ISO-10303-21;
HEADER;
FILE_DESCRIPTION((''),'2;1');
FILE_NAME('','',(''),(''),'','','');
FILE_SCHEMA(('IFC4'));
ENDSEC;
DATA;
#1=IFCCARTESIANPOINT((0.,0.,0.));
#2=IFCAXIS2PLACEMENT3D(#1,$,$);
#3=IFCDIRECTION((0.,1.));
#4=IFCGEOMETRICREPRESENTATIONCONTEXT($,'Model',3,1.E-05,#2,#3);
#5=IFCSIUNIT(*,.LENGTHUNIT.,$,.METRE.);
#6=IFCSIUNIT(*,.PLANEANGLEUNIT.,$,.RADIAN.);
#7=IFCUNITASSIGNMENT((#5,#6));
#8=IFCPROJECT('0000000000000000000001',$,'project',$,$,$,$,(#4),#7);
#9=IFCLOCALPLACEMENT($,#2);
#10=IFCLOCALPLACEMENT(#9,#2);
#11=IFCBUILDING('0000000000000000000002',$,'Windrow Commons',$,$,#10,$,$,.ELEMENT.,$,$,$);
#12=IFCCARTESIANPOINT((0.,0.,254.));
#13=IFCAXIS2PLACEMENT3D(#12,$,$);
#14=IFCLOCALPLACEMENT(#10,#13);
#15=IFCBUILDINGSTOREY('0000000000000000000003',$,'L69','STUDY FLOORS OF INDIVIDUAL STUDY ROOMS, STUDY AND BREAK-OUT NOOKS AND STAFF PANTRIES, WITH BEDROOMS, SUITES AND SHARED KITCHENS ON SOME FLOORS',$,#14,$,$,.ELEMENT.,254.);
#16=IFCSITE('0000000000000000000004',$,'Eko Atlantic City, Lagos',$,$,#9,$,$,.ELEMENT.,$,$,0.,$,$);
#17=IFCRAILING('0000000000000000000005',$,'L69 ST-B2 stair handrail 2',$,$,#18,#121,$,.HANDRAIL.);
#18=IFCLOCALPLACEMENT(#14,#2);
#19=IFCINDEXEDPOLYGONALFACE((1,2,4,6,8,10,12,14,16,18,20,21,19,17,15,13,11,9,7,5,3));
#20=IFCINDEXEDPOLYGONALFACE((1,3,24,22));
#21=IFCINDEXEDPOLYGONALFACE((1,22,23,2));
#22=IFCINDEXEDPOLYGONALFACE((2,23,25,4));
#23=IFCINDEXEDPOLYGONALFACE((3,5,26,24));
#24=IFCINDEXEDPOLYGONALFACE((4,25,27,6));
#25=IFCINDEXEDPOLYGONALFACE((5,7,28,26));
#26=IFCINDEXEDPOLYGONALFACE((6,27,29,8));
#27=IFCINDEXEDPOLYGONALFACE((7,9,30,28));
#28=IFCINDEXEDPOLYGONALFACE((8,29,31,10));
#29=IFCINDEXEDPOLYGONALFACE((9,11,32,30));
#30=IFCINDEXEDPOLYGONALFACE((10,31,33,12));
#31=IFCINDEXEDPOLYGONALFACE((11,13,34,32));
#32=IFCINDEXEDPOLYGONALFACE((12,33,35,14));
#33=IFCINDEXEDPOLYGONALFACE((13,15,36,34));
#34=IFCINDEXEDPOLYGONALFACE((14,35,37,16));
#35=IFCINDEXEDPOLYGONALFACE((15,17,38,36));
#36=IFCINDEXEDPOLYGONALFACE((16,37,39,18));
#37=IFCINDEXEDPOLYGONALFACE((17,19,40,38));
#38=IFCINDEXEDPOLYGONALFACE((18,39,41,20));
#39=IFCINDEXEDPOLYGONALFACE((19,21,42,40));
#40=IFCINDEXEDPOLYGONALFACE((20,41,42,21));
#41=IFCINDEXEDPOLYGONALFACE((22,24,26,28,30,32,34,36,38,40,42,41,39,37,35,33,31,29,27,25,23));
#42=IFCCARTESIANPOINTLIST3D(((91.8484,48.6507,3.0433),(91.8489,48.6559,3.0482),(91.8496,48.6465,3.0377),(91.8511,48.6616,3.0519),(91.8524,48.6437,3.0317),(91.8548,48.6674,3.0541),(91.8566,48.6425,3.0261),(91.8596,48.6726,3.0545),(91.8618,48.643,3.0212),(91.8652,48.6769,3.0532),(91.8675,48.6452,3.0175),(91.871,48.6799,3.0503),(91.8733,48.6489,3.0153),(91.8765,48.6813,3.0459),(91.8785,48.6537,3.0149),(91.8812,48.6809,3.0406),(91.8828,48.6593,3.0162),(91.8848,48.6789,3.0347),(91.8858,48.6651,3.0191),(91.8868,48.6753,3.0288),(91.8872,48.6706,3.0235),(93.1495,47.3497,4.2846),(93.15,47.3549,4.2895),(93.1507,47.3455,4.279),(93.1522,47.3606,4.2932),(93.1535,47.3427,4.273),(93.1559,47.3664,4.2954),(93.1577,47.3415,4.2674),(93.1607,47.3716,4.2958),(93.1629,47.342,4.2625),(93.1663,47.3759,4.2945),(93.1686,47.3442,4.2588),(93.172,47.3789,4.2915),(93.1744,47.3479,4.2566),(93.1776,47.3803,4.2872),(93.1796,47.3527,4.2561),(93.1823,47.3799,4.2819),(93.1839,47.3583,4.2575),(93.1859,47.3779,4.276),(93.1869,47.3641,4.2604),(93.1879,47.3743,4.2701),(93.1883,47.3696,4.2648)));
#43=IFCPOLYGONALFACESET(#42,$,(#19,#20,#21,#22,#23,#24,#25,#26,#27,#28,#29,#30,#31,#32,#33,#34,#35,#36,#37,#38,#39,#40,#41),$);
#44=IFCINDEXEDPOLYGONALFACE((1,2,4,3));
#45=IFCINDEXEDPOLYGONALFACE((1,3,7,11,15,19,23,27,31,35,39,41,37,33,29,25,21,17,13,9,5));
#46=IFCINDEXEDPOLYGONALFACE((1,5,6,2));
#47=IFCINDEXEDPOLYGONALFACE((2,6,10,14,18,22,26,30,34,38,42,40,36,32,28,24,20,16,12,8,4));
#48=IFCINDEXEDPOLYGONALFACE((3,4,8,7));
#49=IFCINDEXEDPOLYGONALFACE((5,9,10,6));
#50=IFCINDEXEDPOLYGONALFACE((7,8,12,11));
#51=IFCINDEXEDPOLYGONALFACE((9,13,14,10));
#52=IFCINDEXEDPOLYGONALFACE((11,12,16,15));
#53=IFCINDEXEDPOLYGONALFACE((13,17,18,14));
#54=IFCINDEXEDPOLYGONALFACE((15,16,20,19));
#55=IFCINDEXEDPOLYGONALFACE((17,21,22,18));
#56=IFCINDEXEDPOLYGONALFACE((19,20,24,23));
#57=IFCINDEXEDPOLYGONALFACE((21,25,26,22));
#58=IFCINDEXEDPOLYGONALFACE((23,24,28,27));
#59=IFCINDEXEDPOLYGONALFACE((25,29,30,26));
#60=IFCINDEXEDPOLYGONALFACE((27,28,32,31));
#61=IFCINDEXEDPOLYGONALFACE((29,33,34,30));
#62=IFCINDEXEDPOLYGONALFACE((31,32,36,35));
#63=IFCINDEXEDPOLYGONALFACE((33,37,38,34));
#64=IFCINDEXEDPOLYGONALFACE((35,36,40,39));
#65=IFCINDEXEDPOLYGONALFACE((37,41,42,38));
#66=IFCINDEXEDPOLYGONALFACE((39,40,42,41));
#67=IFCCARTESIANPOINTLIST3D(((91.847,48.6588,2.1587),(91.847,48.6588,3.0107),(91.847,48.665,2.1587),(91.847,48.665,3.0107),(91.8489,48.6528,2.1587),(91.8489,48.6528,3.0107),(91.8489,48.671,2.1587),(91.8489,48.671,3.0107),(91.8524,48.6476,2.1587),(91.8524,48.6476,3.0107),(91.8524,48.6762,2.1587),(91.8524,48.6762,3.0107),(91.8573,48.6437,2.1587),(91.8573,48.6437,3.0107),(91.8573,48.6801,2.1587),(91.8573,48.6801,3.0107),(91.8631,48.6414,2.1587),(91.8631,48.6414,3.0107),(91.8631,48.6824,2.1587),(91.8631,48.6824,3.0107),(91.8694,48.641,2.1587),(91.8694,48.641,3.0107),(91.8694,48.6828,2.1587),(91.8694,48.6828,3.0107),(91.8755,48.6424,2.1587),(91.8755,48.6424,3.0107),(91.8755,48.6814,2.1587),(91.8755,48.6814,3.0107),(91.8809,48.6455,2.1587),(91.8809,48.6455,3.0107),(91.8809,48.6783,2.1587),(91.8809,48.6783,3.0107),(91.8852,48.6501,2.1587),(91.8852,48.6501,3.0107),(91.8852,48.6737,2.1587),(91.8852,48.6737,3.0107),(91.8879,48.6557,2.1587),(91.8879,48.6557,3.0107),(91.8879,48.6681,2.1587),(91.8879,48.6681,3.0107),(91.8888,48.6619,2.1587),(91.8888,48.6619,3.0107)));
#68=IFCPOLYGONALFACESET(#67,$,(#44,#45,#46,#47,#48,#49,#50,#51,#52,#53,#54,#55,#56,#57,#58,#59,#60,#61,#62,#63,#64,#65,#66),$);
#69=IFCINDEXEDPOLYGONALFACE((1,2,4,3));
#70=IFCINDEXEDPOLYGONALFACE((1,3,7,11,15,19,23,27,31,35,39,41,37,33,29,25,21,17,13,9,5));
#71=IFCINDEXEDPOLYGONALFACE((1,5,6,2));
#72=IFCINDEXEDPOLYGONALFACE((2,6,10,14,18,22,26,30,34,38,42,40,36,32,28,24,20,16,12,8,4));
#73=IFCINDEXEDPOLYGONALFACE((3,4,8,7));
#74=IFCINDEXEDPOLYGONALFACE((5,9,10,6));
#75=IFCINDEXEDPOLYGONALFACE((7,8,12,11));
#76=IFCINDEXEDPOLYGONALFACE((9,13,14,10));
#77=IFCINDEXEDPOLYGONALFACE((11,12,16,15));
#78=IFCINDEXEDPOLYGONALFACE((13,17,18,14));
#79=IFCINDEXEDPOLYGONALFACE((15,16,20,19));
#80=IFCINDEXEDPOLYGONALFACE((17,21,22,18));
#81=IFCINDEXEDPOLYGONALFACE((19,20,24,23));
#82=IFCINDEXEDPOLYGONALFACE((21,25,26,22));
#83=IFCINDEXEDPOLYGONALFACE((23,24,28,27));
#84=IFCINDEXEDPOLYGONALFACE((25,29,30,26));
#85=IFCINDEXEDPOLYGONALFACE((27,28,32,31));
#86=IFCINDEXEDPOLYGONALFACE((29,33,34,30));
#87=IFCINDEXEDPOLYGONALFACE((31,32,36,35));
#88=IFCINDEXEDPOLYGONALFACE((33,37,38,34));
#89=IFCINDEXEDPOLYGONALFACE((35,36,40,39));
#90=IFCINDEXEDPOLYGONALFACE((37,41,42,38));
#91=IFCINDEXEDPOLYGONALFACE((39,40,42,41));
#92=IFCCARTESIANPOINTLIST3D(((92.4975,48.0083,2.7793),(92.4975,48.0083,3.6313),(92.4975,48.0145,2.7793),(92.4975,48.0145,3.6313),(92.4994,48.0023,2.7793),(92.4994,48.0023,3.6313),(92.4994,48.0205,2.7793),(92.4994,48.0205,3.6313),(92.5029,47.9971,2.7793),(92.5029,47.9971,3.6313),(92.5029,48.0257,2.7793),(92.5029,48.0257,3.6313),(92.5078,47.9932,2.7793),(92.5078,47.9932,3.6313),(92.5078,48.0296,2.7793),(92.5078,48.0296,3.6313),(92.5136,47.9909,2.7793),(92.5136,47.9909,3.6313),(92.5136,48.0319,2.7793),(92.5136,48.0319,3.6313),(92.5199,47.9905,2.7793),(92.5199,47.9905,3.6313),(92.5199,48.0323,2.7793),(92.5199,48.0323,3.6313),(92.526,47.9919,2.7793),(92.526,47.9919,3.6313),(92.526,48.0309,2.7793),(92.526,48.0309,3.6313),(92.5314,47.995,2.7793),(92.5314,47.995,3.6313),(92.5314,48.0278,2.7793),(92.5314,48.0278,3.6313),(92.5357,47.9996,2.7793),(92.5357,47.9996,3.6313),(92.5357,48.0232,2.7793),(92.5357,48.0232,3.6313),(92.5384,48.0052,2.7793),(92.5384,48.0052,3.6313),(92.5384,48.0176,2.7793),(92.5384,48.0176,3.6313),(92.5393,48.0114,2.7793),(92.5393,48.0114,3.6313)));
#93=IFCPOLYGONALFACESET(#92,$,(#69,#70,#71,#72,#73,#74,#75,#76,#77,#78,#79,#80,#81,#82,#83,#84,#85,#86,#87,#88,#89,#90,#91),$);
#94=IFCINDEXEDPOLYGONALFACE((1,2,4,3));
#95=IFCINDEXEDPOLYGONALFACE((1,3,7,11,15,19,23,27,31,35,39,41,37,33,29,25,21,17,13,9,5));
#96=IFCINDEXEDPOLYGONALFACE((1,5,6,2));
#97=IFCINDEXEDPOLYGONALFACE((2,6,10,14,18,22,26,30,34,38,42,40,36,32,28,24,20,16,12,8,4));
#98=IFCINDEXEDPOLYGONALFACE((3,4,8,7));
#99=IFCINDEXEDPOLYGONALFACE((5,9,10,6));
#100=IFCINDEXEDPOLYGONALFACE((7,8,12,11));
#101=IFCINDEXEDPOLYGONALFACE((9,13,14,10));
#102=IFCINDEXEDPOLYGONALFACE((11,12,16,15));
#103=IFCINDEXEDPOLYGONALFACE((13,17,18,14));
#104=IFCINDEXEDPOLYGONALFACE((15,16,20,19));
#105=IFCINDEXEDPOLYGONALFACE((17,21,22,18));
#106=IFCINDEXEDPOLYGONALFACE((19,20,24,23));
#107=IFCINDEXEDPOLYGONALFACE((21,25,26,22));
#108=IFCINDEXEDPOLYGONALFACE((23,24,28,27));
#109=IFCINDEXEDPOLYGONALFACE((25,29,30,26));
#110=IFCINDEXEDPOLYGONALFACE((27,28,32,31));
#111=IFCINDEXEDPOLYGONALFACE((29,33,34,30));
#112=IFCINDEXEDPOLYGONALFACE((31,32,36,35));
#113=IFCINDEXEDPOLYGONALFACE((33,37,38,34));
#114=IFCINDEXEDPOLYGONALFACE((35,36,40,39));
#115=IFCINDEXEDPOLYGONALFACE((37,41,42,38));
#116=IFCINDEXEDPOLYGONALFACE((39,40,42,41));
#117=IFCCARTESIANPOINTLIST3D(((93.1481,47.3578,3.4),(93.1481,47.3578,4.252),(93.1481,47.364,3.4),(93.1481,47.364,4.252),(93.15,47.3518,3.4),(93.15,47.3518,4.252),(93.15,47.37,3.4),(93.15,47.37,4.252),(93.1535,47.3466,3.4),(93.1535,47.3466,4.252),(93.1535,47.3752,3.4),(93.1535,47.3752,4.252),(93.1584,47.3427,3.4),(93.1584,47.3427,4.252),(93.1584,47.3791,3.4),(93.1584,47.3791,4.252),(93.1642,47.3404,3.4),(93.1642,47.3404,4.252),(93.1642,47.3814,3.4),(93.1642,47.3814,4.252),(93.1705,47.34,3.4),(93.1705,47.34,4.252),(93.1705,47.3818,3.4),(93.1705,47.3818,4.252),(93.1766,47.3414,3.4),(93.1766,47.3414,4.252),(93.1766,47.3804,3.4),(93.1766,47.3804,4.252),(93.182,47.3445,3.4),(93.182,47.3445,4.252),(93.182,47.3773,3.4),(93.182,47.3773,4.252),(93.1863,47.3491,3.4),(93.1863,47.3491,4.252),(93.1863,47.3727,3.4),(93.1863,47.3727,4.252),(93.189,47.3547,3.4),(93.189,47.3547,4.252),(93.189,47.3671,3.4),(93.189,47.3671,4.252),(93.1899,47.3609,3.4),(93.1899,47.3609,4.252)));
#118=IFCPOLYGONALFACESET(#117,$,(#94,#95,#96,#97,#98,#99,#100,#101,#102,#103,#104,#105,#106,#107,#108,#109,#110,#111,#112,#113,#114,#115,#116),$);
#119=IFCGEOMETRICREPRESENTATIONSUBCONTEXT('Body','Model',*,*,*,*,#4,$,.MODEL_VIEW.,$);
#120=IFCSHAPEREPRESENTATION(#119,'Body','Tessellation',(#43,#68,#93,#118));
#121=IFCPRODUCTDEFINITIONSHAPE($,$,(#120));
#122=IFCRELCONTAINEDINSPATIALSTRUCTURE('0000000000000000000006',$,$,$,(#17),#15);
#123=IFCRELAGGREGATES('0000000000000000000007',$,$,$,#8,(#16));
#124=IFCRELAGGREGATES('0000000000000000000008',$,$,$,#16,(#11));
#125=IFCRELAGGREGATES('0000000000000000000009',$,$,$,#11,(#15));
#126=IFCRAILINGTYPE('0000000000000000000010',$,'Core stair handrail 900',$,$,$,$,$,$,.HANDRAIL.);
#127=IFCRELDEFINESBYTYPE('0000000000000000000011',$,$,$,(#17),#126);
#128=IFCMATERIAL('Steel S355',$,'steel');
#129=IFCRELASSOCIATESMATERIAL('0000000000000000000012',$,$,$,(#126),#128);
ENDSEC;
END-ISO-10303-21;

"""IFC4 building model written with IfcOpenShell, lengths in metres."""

from ifc_helpers import new_model, si_unit, direction, frame, origin, origin_2d, place, context, subcontext, project, spatial, circle, extrude, material, type_object, element, save


model = new_model("IFC4")

# Units and contexts
model_context = context("Model", 3, precision=1e-05, world=origin(), true_north=direction((0.0, 1.0)))
body_context = subcontext(model_context, "Body", "Model", "MODEL_VIEW")
ifc_project = project(units=[si_unit("LENGTHUNIT", "METRE"), si_unit("PLANEANGLEUNIT", "RADIAN")], contexts=[model_context])

# Site, building, storey
site_placement = place(None, origin())
site = spatial("IfcSite", under=ifc_project, at=site_placement, Name="Eko Atlantic City, Lagos", CompositionType="ELEMENT", RefElevation=0.0)
building_placement = place(site_placement, origin())
building = spatial("IfcBuilding", under=site, at=building_placement, Name="Windrow Commons", CompositionType="ELEMENT")
storey_placement = place(building_placement, frame((0.0, 0.0, 254.0)))
storey = spatial("IfcBuildingStorey", under=building, at=storey_placement, Name="L69", Description="STUDY FLOORS OF INDIVIDUAL STUDY ROOMS, STUDY AND BREAK-OUT NOOKS AND STAFF PANTRIES, WITH BEDROOMS, SUITES AND SHARED KITCHENS ON SOME FLOORS", CompositionType="ELEMENT", Elevation=254.0)

# Railing
ifc_material_1 = material(Name="Steel S355", Category="steel")
railing_type_1 = type_object("IfcRailingType", Name="Core stair handrail 900", PredefinedType="HANDRAIL", material=ifc_material_1)
railing_1_placement = place(storey_placement, frame((91.8678, 48.6619, 2.1587)))
element("IfcRailing", 1, at=railing_1_placement, inside=storey, type_object=railing_type_1, Name="L69 ST-B2 stair handrail 2", PredefinedType="HANDRAIL", context=body_context, shape_type="SweptSolid", body=[
    extrude(circle(Radius=0.024, at=origin_2d()), frame((0.0, 0.0, 0.876), z_axis=(0.586207, -0.586162, 0.559264), x_axis=(0.70708, 0.707134, 0.0)), (0.0, 0.0, 1.0), 2.2195),
    extrude(circle(Radius=0.021, at=origin_2d()), origin(), (0.0, 0.0, 1.0), 0.852),
    extrude(circle(Radius=0.021, at=origin_2d()), frame((0.6505, -0.6505, 0.6206)), (0.0, 0.0, 1.0), 0.852),
    extrude(circle(Radius=0.021, at=origin_2d()), frame((1.3011, -1.301, 1.2413)), (0.0, 0.0, 1.0), 0.852),
])

save(model, "model.ifc")
